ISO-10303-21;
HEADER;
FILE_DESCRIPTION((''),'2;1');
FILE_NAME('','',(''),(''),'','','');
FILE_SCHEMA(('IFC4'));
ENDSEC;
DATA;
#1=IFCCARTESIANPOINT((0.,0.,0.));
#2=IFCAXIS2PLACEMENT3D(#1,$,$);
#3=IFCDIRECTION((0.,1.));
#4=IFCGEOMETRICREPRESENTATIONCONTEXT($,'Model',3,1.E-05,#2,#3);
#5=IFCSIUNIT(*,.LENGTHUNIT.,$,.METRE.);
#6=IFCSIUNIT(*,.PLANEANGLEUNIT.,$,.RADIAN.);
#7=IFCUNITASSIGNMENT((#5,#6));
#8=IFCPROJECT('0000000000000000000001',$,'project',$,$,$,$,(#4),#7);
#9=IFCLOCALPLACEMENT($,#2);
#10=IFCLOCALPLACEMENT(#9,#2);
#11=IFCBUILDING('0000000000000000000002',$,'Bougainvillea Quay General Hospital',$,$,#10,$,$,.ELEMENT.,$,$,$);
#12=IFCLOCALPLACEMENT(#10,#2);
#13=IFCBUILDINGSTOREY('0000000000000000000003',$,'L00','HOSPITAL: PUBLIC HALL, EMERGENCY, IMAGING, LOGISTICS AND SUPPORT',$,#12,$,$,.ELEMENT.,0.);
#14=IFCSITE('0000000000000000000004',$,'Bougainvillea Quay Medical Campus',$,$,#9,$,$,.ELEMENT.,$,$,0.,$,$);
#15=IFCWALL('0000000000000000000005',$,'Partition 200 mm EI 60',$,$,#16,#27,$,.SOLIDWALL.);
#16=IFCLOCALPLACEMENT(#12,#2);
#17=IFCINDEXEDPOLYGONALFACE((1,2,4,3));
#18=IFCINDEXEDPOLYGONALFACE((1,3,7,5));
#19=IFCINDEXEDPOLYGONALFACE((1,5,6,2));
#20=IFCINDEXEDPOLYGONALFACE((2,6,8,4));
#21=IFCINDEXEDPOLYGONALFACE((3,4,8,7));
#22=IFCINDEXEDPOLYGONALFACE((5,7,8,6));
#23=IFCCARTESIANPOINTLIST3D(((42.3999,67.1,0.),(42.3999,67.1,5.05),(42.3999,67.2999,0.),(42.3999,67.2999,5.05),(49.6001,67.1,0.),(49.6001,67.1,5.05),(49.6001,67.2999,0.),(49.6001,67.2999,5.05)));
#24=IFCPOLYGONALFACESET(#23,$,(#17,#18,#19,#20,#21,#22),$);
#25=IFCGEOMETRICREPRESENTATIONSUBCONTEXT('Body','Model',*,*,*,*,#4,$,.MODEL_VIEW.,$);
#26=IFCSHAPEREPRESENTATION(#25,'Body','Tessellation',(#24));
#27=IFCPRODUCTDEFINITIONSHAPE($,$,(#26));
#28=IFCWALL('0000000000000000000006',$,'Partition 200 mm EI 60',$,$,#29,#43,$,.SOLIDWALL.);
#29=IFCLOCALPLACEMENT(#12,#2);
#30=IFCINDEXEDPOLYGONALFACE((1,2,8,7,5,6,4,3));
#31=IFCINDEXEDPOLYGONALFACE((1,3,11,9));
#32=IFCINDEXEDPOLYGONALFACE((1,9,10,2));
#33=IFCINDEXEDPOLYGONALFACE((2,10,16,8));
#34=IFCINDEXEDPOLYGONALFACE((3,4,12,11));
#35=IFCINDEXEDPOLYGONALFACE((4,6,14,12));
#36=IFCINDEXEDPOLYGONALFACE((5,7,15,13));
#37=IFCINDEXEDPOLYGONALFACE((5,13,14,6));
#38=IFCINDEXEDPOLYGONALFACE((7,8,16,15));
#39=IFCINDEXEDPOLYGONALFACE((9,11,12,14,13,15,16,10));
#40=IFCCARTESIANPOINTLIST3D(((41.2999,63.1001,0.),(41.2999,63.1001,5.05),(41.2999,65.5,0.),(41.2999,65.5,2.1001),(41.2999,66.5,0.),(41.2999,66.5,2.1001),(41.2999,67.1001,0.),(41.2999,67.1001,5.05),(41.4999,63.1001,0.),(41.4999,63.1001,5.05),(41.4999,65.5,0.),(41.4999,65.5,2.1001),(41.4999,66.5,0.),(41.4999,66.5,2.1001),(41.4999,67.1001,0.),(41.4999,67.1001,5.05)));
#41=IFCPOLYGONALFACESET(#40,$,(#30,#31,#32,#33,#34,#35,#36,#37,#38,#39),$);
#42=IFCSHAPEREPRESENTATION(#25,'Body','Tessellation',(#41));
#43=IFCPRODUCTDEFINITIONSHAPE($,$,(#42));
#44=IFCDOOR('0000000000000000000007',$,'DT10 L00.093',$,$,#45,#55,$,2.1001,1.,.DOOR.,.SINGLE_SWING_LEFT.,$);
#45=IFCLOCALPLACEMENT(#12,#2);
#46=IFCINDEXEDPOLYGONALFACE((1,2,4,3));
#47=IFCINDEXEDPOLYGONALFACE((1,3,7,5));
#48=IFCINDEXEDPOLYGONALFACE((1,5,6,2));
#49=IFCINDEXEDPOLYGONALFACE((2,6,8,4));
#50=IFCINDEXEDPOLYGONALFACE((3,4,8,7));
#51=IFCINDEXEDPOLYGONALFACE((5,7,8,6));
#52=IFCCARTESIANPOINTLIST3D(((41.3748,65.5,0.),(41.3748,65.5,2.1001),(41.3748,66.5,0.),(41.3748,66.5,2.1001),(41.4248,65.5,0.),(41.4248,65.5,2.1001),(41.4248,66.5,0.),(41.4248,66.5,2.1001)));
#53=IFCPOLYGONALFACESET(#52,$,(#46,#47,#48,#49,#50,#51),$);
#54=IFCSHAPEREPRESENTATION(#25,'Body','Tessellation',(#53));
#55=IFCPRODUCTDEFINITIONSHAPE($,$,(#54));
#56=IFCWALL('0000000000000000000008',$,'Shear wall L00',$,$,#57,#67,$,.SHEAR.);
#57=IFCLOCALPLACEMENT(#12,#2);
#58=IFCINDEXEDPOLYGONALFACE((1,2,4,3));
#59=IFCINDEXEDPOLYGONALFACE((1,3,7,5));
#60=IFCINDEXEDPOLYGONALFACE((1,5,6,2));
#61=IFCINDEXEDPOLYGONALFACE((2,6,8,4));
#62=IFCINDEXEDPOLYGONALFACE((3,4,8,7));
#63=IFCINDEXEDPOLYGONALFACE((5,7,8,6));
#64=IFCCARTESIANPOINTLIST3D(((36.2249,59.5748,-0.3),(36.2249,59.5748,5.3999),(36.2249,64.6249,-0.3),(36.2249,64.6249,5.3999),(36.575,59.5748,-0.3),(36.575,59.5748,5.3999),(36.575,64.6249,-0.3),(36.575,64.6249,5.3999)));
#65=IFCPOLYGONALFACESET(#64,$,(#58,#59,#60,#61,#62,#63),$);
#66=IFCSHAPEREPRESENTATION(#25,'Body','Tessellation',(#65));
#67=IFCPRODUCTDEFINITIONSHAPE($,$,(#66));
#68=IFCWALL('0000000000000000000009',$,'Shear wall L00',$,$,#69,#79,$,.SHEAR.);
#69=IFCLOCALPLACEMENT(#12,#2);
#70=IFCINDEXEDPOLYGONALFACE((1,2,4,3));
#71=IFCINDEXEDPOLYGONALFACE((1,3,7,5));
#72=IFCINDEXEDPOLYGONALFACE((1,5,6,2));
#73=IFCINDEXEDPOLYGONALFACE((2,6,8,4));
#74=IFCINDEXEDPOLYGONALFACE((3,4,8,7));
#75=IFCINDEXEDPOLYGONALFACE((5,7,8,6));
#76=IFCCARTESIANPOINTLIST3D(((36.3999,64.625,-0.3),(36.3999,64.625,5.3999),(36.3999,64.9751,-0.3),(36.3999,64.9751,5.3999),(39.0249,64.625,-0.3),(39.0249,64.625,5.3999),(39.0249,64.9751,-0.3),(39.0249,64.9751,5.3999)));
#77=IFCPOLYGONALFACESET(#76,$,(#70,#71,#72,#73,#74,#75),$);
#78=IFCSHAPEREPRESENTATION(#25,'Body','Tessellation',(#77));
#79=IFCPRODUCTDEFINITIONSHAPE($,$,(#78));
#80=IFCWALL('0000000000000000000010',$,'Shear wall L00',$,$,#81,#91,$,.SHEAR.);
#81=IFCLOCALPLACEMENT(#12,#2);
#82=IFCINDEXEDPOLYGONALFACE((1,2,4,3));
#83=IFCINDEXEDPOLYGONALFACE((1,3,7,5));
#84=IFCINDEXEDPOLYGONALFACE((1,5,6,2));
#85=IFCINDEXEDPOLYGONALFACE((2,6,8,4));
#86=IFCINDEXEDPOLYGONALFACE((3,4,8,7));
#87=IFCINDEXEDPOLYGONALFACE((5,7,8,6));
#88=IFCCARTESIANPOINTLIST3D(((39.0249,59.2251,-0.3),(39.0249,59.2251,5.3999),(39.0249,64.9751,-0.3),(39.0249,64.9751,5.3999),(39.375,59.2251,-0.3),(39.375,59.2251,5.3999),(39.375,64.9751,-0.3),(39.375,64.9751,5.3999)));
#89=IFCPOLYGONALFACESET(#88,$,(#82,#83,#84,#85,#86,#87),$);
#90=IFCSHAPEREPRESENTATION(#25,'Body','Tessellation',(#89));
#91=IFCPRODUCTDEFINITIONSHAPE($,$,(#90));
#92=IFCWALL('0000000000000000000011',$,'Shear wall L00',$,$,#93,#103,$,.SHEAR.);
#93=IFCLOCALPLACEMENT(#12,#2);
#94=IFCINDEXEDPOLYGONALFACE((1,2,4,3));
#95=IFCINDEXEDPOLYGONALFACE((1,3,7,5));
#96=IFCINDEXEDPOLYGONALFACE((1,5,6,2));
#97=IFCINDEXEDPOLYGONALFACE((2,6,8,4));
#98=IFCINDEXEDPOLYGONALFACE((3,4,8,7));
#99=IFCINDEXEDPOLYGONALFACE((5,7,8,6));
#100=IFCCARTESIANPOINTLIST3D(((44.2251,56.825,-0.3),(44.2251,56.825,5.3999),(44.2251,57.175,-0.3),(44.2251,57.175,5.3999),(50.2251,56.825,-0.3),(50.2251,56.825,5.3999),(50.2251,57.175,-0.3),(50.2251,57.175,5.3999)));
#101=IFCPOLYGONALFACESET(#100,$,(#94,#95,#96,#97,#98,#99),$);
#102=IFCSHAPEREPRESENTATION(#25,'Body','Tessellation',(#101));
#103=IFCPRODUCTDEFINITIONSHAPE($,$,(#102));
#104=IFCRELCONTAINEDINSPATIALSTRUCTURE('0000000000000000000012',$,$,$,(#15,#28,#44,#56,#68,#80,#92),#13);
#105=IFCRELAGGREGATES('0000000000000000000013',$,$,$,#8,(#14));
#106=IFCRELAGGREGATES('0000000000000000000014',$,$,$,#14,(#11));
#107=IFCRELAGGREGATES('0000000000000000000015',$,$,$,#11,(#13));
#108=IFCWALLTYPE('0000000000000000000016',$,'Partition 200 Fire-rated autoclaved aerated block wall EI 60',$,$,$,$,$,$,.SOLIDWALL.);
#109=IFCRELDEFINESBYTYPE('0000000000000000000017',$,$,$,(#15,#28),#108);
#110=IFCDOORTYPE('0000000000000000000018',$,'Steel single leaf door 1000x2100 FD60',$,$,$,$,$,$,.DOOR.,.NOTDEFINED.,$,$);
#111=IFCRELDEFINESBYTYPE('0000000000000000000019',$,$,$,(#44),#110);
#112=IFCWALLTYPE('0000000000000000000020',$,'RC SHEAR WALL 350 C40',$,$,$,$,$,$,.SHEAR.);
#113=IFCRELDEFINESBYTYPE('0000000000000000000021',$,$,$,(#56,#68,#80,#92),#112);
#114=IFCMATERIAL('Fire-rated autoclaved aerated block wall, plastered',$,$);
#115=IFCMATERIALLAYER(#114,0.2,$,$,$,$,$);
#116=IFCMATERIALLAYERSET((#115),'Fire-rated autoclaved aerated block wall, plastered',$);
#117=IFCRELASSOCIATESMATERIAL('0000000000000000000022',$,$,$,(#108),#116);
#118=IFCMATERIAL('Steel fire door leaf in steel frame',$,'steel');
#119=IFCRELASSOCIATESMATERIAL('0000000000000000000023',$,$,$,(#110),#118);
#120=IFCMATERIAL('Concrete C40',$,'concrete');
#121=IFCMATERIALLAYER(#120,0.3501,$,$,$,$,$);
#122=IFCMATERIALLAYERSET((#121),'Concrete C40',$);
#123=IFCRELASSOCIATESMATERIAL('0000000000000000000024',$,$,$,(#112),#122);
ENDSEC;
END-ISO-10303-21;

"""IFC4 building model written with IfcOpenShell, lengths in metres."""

from ifc_helpers import new_model, si_unit, direction, frame, frame_2d, origin, place, context, subcontext, project, spatial, rectangle, extrude, material, layer, layer_set, type_object, element, fill, save


model = new_model("IFC4")

# Units and contexts
model_context = context("Model", 3, precision=1e-05, world=origin(), true_north=direction((0.0, 1.0)))
body_context = subcontext(model_context, "Body", "Model", "MODEL_VIEW")
ifc_project = project(units=[si_unit("LENGTHUNIT", "METRE"), si_unit("PLANEANGLEUNIT", "RADIAN")], contexts=[model_context])

# Site, building, storey
site_placement = place(None, origin())
site = spatial("IfcSite", under=ifc_project, at=site_placement, Name="Bougainvillea Quay Medical Campus", CompositionType="ELEMENT", RefElevation=0.0)
building_placement = place(site_placement, origin())
building = spatial("IfcBuilding", under=site, at=building_placement, Name="Bougainvillea Quay General Hospital", CompositionType="ELEMENT")
storey_placement = place(building_placement, origin())
storey = spatial("IfcBuildingStorey", under=building, at=storey_placement, Name="L00", Description="HOSPITAL: PUBLIC HALL, EMERGENCY, IMAGING, LOGISTICS AND SUPPORT", CompositionType="ELEMENT", Elevation=0.0)

# Shared definitions
ifc_material_1 = material(Name="Concrete C40", Category="concrete")

# Wall
ifc_material_2 = material(Name="Fire-rated autoclaved aerated block wall, plastered")
ifc_layer_1 = layer(ifc_material_2, 0.2)
ifc_layer_set_1 = layer_set([ifc_layer_1], Name="Fire-rated autoclaved aerated block wall, plastered")
wall_type_1 = type_object("IfcWallType", Name="Partition 200 Fire-rated autoclaved aerated block wall EI 60", PredefinedType="SOLIDWALL", material=ifc_layer_set_1)
wall_1_placement = place(storey_placement, frame((42.3999, 67.2, 0.0), z_axis=(0.0, 0.0, 1.0), x_axis=(1.0, 0.0, 0.0)))
element("IfcWall", 1, at=wall_1_placement, inside=storey, type_object=wall_type_1, Name="Partition 200 mm EI 60", PredefinedType="SOLIDWALL", context=body_context, shape_type="SweptSolid", body=[
    extrude(rectangle(XDim=7.2002, YDim=0.2, at=frame_2d((3.6001, 0.0))), origin(), (0.0, 0.0, 1.0), 5.05),
])

# Wall, opening, door
wall_2_placement = place(storey_placement, frame((41.3999, 63.1001, 0.0), z_axis=(0.0, 0.0, 1.0), x_axis=(0.0, 1.0, 0.0)))
wall_2 = element("IfcWall", 2, at=wall_2_placement, inside=storey, type_object=wall_type_1, Name="Partition 200 mm EI 60", PredefinedType="SOLIDWALL", context=body_context, shape_type="SweptSolid", body=[
    extrude(rectangle(XDim=4.0, YDim=0.2, at=frame_2d((2.0, 0.0))), origin(), (0.0, 0.0, 1.0), 5.05),
])
opening_1_placement = place(wall_2_placement, frame((2.3999, 0.0, 0.0)))
opening_1 = element("IfcOpeningElement", 3, at=opening_1_placement, cuts=wall_2, PredefinedType="OPENING", context=body_context, shape_type="SweptSolid", body=[
    extrude(rectangle(XDim=1.0, YDim=2.1001, at=frame_2d((0.5, 1.05))), frame((0.0, 0.1099, 0.0), z_axis=(0.0, -1.0, 0.0), x_axis=(1.0, 0.0, 0.0)), (0.0, 0.0, 1.0), 0.22),
])
ifc_material_3 = material(Name="Steel fire door leaf in steel frame", Category="steel")
door_type_1 = type_object("IfcDoorType", Name="Steel single leaf door 1000x2100 FD60", OperationType="NOTDEFINED", PredefinedType="DOOR", material=ifc_material_3)
door_1_placement = place(opening_1_placement, frame((1.0, 0.0, 0.0), z_axis=(0.0, 0.0, 1.0), x_axis=(-1.0, 0.0, 0.0)))
door_1 = element("IfcDoor", 4, at=door_1_placement, inside=storey, type_object=door_type_1, Name="DT10 L00.093", OperationType="SINGLE_SWING_LEFT", OverallHeight=2.1001, OverallWidth=1.0, PredefinedType="DOOR", context=body_context, shape_type="SweptSolid", body=[
    extrude(rectangle(XDim=1.0, YDim=2.1001, at=frame_2d((0.5, 1.05))), frame((0.0, 0.0249, 0.0), z_axis=(0.0, -1.0, 0.0), x_axis=(1.0, 0.0, 0.0)), (0.0, 0.0, 1.0), 0.05),
])
fill(opening_1, door_1)

# Walls
ifc_layer_2 = layer(ifc_material_1, 0.3501)
ifc_layer_set_2 = layer_set([ifc_layer_2], Name="Concrete C40")
wall_type_2 = type_object("IfcWallType", Name="RC SHEAR WALL 350 C40", PredefinedType="SHEAR", material=ifc_layer_set_2)
wall_3_placement = place(storey_placement, frame((36.3999, 59.575, -0.3), z_axis=(0.0, 0.0, 1.0), x_axis=(0.0, 1.0, 0.0)))
element("IfcWall", 5, at=wall_3_placement, inside=storey, type_object=wall_type_2, Name="Shear wall L00", PredefinedType="SHEAR", context=body_context, shape_type="SweptSolid", body=[
    extrude(rectangle(XDim=5.05, YDim=0.3501, at=frame_2d((2.5249, 0.0))), origin(), (0.0, 0.0, 1.0), 5.7),
])
wall_4_placement = place(storey_placement, frame((36.3999, 64.8, -0.3), z_axis=(0.0, 0.0, 1.0), x_axis=(1.0, 0.0, 0.0)))
element("IfcWall", 6, at=wall_4_placement, inside=storey, type_object=wall_type_2, Name="Shear wall L00", PredefinedType="SHEAR", context=body_context, shape_type="SweptSolid", body=[
    extrude(rectangle(XDim=2.625, YDim=0.3501, at=frame_2d((1.3125, 0.0))), origin(), (0.0, 0.0, 1.0), 5.7),
])
wall_5_placement = place(storey_placement, frame((39.2, 59.2251, -0.3), z_axis=(0.0, 0.0, 1.0), x_axis=(0.0, 1.0, 0.0)))
element("IfcWall", 7, at=wall_5_placement, inside=storey, type_object=wall_type_2, Name="Shear wall L00", PredefinedType="SHEAR", context=body_context, shape_type="SweptSolid", body=[
    extrude(rectangle(XDim=5.75, YDim=0.3501, at=frame_2d((2.875, 0.0))), origin(), (0.0, 0.0, 1.0), 5.7),
])
wall_6_placement = place(storey_placement, frame((44.2251, 57.0, -0.3), z_axis=(0.0, 0.0, 1.0), x_axis=(1.0, 0.0, 0.0)))
element("IfcWall", 8, at=wall_6_placement, inside=storey, type_object=wall_type_2, Name="Shear wall L00", PredefinedType="SHEAR", context=body_context, shape_type="SweptSolid", body=[
    extrude(rectangle(XDim=6.0, YDim=0.3501, at=frame_2d((3.0, 0.0))), origin(), (0.0, 0.0, 1.0), 5.7),
])

save(model, "model.ifc")
